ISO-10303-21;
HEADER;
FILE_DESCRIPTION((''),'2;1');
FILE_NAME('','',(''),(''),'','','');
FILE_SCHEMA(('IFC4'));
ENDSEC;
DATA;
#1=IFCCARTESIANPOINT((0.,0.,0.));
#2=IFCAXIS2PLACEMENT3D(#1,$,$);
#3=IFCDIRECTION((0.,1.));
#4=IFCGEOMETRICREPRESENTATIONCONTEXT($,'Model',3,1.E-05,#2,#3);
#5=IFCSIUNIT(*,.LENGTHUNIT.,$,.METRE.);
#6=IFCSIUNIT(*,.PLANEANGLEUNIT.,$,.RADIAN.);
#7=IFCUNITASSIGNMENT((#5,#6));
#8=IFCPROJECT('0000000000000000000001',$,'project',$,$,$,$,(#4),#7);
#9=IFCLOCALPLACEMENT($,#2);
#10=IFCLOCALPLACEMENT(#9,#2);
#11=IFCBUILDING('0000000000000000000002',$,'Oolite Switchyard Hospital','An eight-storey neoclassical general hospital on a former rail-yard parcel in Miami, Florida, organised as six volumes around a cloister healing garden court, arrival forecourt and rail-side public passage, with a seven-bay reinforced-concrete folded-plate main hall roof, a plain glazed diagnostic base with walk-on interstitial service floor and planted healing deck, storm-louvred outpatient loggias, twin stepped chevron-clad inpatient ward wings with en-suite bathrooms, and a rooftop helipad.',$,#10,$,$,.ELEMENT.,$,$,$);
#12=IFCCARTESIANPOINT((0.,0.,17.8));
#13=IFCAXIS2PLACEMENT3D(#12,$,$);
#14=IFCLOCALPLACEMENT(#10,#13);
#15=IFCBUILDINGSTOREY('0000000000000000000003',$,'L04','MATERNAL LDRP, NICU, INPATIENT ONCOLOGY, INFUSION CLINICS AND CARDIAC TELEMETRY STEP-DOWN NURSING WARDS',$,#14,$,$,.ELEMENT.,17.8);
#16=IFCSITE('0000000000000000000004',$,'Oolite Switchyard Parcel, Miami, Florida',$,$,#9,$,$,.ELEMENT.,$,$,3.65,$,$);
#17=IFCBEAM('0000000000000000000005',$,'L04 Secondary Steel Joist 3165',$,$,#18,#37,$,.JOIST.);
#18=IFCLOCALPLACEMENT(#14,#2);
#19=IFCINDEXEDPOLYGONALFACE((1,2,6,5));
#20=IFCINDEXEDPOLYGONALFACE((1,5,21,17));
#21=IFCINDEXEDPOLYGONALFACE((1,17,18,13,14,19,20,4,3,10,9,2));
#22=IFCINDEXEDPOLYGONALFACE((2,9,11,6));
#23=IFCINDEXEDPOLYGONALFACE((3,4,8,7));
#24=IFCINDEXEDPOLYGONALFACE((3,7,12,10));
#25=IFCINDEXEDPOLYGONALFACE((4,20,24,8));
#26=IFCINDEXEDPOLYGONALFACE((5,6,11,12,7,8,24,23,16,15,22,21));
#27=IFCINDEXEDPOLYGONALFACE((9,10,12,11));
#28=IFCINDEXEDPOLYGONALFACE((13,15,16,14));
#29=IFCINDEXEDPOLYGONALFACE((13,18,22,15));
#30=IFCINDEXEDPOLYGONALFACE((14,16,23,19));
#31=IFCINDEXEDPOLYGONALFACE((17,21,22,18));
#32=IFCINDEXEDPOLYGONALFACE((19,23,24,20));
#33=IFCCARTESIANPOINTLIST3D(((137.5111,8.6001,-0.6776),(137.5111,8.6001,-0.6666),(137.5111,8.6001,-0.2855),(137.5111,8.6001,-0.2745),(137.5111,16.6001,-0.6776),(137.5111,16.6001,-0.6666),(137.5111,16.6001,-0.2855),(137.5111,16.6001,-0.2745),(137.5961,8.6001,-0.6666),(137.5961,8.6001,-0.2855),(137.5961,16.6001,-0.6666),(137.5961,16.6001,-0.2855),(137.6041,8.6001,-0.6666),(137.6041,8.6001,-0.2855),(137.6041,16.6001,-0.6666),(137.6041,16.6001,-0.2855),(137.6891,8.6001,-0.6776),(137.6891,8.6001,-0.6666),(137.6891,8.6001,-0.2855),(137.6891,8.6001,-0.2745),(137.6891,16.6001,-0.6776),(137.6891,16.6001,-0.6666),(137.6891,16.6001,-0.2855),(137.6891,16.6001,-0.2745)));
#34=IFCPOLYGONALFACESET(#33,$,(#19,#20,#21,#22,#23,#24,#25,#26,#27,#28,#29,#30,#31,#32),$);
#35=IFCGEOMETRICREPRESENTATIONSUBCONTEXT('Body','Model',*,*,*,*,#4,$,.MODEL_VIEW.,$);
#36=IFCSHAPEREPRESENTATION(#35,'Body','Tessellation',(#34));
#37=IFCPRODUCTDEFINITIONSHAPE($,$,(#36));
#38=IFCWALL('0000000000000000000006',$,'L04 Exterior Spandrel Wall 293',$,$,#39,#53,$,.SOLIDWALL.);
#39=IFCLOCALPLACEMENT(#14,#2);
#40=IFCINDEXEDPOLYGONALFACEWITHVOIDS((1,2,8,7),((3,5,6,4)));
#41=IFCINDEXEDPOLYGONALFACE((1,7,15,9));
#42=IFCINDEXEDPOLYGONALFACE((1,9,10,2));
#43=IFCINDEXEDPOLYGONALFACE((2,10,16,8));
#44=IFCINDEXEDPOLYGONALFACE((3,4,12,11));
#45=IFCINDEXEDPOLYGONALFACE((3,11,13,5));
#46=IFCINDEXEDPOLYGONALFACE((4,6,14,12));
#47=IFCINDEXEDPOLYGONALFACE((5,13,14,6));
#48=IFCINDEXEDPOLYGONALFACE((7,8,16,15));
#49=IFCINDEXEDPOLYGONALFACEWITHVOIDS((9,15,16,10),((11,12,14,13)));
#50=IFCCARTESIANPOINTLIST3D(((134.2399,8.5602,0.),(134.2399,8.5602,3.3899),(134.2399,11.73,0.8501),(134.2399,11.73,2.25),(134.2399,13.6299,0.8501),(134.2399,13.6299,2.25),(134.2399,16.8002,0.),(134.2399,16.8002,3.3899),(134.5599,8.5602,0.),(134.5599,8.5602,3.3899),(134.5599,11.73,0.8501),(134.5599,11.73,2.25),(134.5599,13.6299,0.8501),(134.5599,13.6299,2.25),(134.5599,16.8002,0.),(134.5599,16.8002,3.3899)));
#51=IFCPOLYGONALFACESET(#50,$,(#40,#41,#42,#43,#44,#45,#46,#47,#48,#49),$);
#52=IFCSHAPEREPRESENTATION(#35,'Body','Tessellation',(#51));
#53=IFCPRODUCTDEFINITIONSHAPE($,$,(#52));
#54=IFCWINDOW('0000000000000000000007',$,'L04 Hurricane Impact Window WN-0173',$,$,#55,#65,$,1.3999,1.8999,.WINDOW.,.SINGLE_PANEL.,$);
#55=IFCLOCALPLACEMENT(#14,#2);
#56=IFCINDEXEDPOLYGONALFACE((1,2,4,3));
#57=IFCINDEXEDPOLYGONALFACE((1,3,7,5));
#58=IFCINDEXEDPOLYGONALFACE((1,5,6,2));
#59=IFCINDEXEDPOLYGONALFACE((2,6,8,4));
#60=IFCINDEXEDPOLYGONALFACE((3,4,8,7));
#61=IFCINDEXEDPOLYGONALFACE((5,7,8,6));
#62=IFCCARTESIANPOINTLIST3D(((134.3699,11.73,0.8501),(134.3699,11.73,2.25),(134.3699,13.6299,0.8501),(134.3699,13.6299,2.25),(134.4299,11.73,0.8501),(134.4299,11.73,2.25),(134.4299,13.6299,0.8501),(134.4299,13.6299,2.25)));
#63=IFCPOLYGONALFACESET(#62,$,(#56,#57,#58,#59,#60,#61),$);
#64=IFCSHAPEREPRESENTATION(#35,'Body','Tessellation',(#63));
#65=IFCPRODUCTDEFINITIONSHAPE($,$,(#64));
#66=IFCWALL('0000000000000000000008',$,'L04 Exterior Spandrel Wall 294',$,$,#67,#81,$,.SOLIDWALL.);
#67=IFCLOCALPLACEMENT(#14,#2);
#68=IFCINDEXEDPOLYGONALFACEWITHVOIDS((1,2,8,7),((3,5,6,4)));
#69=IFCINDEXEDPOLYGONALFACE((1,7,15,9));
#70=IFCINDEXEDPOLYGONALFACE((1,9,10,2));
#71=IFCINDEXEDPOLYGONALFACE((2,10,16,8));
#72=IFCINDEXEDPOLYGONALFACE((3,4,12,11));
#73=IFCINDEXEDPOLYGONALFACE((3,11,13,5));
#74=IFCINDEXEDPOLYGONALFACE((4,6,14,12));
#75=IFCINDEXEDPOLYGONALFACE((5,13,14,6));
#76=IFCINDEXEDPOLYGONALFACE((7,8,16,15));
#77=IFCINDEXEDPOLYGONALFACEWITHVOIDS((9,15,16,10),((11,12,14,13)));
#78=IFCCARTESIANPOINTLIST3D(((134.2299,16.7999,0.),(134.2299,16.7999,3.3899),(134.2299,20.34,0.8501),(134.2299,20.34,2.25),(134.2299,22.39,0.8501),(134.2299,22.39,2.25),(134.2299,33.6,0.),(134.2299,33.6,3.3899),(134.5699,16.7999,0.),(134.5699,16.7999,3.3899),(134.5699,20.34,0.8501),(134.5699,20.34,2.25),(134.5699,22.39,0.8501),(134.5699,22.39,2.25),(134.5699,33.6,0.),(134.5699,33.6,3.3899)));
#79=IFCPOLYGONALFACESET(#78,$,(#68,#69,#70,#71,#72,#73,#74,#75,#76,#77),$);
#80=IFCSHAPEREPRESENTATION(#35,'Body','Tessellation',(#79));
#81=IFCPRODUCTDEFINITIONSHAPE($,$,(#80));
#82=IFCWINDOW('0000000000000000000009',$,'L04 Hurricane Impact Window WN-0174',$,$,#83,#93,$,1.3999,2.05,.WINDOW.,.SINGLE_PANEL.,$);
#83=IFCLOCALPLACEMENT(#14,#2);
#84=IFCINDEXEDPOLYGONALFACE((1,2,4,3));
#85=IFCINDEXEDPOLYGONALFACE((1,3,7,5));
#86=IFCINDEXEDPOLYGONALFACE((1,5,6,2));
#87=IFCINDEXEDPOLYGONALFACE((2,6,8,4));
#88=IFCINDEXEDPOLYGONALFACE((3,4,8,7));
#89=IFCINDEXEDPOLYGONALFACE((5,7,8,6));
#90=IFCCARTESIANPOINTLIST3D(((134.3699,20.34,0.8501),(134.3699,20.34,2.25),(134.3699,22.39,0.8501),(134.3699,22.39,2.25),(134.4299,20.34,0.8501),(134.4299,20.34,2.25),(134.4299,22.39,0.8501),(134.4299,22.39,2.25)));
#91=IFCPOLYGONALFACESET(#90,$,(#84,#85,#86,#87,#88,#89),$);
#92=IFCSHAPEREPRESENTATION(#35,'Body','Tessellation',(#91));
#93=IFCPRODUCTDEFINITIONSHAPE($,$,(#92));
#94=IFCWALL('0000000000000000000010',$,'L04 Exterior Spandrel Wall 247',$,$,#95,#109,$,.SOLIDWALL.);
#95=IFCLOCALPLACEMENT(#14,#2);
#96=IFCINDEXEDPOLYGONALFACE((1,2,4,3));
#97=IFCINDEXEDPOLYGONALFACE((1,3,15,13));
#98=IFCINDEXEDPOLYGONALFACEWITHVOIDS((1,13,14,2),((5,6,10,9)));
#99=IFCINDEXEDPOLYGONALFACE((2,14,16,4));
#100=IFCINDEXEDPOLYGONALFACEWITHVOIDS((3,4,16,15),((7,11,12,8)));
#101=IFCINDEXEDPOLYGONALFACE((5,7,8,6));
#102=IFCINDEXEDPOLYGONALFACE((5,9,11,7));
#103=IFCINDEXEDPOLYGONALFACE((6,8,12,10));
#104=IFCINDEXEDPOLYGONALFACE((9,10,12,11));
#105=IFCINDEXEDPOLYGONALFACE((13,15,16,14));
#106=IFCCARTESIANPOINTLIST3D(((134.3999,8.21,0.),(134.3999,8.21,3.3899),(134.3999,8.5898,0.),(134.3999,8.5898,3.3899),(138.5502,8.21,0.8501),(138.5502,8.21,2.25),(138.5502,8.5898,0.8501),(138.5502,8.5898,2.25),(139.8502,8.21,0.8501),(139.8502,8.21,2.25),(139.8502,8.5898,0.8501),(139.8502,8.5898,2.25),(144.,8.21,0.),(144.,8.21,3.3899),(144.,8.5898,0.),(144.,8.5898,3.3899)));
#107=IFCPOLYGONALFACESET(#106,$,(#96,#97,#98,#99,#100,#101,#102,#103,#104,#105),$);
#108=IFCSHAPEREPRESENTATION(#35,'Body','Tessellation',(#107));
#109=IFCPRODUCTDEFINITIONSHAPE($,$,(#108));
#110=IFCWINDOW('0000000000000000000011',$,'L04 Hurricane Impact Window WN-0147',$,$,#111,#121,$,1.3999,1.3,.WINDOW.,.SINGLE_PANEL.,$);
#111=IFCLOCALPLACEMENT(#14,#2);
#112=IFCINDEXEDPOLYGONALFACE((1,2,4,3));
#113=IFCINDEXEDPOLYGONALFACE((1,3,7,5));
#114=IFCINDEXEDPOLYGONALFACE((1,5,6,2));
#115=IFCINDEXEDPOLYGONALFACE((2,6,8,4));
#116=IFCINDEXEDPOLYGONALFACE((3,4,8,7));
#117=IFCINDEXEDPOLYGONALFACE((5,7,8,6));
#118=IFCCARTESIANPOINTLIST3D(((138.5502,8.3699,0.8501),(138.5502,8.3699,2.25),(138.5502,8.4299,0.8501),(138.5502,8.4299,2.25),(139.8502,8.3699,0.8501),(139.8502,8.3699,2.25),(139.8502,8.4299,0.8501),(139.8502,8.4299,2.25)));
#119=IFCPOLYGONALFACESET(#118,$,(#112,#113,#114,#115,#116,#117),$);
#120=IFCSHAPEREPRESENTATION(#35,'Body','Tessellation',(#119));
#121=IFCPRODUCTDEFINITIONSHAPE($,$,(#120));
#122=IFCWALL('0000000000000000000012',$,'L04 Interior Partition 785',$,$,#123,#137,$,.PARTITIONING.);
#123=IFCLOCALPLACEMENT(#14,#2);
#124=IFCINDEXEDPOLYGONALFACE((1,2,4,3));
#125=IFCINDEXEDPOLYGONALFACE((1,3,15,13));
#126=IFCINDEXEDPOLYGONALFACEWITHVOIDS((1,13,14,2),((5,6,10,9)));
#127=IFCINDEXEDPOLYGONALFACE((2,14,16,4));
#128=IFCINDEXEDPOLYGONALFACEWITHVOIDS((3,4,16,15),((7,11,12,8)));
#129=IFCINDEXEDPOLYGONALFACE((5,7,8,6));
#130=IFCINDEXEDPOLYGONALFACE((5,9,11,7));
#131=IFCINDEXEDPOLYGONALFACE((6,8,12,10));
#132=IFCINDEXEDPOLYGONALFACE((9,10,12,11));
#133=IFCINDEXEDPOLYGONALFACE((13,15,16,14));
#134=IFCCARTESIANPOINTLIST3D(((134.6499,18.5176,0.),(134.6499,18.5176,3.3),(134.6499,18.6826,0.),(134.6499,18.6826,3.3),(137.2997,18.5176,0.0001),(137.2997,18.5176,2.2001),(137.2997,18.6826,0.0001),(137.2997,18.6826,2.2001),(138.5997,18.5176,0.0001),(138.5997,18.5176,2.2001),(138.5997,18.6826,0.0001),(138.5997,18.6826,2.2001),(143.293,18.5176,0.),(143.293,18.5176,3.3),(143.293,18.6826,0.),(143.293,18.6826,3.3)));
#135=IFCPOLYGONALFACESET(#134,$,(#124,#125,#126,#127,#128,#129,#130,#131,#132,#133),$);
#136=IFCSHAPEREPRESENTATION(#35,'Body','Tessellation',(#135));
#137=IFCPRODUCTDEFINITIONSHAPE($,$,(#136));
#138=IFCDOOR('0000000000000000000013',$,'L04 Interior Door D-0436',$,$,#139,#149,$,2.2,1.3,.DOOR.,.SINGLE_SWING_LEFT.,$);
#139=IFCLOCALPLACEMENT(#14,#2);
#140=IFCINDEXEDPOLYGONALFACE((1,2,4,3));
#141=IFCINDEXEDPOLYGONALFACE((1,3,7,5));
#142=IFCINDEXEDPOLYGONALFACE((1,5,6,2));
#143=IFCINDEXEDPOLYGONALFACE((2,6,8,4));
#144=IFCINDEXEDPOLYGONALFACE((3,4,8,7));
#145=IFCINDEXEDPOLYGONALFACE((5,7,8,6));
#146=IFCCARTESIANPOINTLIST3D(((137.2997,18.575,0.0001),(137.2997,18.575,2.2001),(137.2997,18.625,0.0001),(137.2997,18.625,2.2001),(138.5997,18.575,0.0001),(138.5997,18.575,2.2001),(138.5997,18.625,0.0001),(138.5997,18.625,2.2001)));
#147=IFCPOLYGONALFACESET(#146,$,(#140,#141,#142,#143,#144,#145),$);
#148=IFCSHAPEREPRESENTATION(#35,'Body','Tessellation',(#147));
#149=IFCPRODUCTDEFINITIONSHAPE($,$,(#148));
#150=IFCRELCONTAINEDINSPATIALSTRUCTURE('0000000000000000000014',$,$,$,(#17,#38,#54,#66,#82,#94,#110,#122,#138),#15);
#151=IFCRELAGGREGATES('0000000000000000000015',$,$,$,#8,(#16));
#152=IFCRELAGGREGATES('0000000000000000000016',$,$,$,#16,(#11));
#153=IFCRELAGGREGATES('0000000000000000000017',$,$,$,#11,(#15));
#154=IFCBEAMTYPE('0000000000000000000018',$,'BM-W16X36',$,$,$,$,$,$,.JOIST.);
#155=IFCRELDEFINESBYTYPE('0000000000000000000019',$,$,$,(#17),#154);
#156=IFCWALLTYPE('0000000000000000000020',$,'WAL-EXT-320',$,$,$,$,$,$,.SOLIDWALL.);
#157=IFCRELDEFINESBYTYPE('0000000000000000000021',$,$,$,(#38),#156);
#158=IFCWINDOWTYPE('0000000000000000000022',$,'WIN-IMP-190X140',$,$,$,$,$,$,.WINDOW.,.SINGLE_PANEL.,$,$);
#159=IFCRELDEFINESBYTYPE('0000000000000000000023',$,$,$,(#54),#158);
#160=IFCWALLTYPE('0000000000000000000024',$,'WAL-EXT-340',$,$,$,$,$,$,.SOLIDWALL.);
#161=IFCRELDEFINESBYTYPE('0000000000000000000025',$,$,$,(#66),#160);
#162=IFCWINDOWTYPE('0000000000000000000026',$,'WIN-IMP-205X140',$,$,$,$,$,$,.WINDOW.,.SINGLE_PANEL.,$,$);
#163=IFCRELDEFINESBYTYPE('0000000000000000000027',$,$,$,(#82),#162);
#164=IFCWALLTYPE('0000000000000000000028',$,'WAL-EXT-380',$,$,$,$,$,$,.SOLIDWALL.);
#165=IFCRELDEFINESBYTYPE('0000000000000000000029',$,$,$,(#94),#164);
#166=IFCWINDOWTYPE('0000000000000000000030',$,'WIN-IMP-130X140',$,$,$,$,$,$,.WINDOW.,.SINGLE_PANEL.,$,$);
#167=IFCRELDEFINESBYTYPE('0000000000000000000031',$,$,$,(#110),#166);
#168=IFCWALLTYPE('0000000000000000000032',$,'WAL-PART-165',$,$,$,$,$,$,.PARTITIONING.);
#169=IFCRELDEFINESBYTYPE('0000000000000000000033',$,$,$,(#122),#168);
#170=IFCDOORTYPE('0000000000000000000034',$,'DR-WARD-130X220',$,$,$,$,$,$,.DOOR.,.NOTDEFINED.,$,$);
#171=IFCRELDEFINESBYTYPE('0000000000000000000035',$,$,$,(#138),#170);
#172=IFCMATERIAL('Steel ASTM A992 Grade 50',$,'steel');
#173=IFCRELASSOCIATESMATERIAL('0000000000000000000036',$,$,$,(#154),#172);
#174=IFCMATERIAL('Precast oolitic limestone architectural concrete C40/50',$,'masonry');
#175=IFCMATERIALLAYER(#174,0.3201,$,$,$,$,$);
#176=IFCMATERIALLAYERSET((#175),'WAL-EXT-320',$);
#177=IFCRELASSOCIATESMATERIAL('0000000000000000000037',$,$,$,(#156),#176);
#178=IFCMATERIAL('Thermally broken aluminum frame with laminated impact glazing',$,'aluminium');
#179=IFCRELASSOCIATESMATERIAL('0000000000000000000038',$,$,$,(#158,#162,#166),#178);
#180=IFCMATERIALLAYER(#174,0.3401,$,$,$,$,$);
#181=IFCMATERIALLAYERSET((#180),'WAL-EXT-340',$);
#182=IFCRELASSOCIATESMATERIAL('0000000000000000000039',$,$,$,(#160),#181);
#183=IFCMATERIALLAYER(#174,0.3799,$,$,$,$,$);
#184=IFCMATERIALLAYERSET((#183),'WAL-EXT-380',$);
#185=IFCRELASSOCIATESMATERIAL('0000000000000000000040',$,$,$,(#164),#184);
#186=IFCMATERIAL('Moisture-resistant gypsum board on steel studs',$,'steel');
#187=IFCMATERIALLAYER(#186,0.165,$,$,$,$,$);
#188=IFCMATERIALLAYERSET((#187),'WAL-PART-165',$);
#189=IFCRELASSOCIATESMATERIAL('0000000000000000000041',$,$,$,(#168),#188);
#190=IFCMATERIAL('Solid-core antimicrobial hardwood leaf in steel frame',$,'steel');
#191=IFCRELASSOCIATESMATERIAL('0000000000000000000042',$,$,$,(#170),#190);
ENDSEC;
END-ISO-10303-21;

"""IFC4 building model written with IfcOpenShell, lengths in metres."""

from ifc_helpers import new_model, si_unit, direction, frame, frame_2d, origin, origin_2d, place, context, subcontext, project, spatial, rectangle, i_section, extrude, material, layer, layer_set, material_profile, profile_set, type_object, element, fill, save


model = new_model("IFC4")

# Units and contexts
model_context = context("Model", 3, precision=1e-05, world=origin(), true_north=direction((0.0, 1.0)))
body_context = subcontext(model_context, "Body", "Model", "MODEL_VIEW")
ifc_project = project(units=[si_unit("LENGTHUNIT", "METRE"), si_unit("PLANEANGLEUNIT", "RADIAN")], contexts=[model_context])

# Site, building, storey
site_placement = place(None, origin())
site = spatial("IfcSite", under=ifc_project, at=site_placement, Name="Oolite Switchyard Parcel, Miami, Florida", CompositionType="ELEMENT", RefElevation=3.65)
building_placement = place(site_placement, origin())
building = spatial("IfcBuilding", under=site, at=building_placement, Name="Oolite Switchyard Hospital", Description="An eight-storey neoclassical general hospital on a former rail-yard parcel in Miami, Florida, organised as six volumes around a cloister healing garden court, arrival forecourt and rail-side public passage, with a seven-bay reinforced-concrete folded-plate main hall roof, a plain glazed diagnostic base with walk-on interstitial service floor and planted healing deck, storm-louvred outpatient loggias, twin stepped chevron-clad inpatient ward wings with en-suite bathrooms, and a rooftop helipad.", CompositionType="ELEMENT")
storey_placement = place(building_placement, frame((0.0, 0.0, 17.8)))
storey = spatial("IfcBuildingStorey", under=building, at=storey_placement, Name="L04", Description="MATERNAL LDRP, NICU, INPATIENT ONCOLOGY, INFUSION CLINICS AND CARDIAC TELEMETRY STEP-DOWN NURSING WARDS", CompositionType="ELEMENT", Elevation=17.8)

# Beam
ifc_material_1 = material(Name="Steel ASTM A992 Grade 50", Category="steel")
ifc_material_profile_1 = material_profile(ifc_material_1, i_section(OverallWidth=0.178, OverallDepth=0.4031, WebThickness=0.0081, FlangeThickness=0.011, at=origin_2d()), Name="W16X36")
ifc_profile_set_1 = profile_set([ifc_material_profile_1], Name="Steel ASTM A992 Grade 50")
beam_type_1 = type_object("IfcBeamType", Name="BM-W16X36", PredefinedType="JOIST", material=ifc_profile_set_1)
beam_1_placement = place(storey_placement, frame((137.6001, 8.6001, -0.4761), z_axis=(0.0, 1.0, 0.0), x_axis=(-1.0, 0.0, 0.0)))
element("IfcBeam", 1, at=beam_1_placement, inside=storey, type_object=beam_type_1, Name="L04 Secondary Steel Joist 3165", PredefinedType="JOIST", context=body_context, shape_type="SweptSolid", body=[
    extrude(i_section(OverallWidth=0.178, OverallDepth=0.4031, WebThickness=0.0081, FlangeThickness=0.011, at=origin_2d()), origin(), (0.0, 0.0, 1.0), 8.0),
])

# Walls, openings, windows
ifc_material_2 = material(Name="Precast oolitic limestone architectural concrete C40/50", Category="masonry")
ifc_layer_1 = layer(ifc_material_2, 0.3201)
ifc_layer_set_1 = layer_set([ifc_layer_1], Name="WAL-EXT-320")
wall_type_1 = type_object("IfcWallType", Name="WAL-EXT-320", PredefinedType="SOLIDWALL", material=ifc_layer_set_1)
wall_1_placement = place(storey_placement, frame((134.3999, 8.5601, 0.0), z_axis=(0.0, 0.0, 1.0), x_axis=(0.0, 1.0, 0.0)))
wall_1 = element("IfcWall", 2, at=wall_1_placement, inside=storey, type_object=wall_type_1, Name="L04 Exterior Spandrel Wall 293", PredefinedType="SOLIDWALL", context=body_context, shape_type="SweptSolid", body=[
    extrude(rectangle(XDim=8.24, YDim=0.3201, at=frame_2d((4.1201, 0.0))), origin(), (0.0, 0.0, 1.0), 3.3899),
])
opening_1_placement = place(wall_1_placement, frame((3.1699, 0.0, 0.8501)))
opening_1 = element("IfcOpeningElement", 3, at=opening_1_placement, cuts=wall_1, PredefinedType="OPENING", context=body_context, shape_type="SweptSolid", body=[
    extrude(rectangle(XDim=1.8999, YDim=1.3999, at=frame_2d((0.95, 0.7))), frame((0.0, 0.1699, 0.0), z_axis=(0.0, -1.0, 0.0), x_axis=(1.0, 0.0, 0.0)), (0.0, 0.0, 1.0), 0.3401),
])
ifc_material_3 = material(Name="Thermally broken aluminum frame with laminated impact glazing", Category="aluminium")
window_type_1 = type_object("IfcWindowType", Name="WIN-IMP-190X140", PartitioningType="SINGLE_PANEL", PredefinedType="WINDOW", material=ifc_material_3)
window_1_placement = place(opening_1_placement, origin())
window_1 = element("IfcWindow", 4, at=window_1_placement, inside=storey, type_object=window_type_1, Name="L04 Hurricane Impact Window WN-0173", OverallHeight=1.3999, OverallWidth=1.8999, PartitioningType="SINGLE_PANEL", PredefinedType="WINDOW", context=body_context, shape_type="SweptSolid", body=[
    extrude(rectangle(XDim=1.8999, YDim=1.3999, at=frame_2d((0.95, 0.7))), frame((0.0, 0.03, 0.0), z_axis=(0.0, -1.0, 0.0), x_axis=(1.0, 0.0, 0.0)), (0.0, 0.0, 1.0), 0.0601),
])
fill(opening_1, window_1)
ifc_layer_2 = layer(ifc_material_2, 0.3401)
ifc_layer_set_2 = layer_set([ifc_layer_2], Name="WAL-EXT-340")
wall_type_2 = type_object("IfcWallType", Name="WAL-EXT-340", PredefinedType="SOLIDWALL", material=ifc_layer_set_2)
wall_2_placement = place(storey_placement, frame((134.3999, 16.8, 0.0), z_axis=(0.0, 0.0, 1.0), x_axis=(0.0, 1.0, 0.0)))
wall_2 = element("IfcWall", 5, at=wall_2_placement, inside=storey, type_object=wall_type_2, Name="L04 Exterior Spandrel Wall 294", PredefinedType="SOLIDWALL", context=body_context, shape_type="SweptSolid", body=[
    extrude(rectangle(XDim=16.8, YDim=0.3401, at=frame_2d((8.3999, 0.0))), origin(), (0.0, 0.0, 1.0), 3.3899),
])
opening_2_placement = place(wall_2_placement, frame((3.54, 0.0, 0.8501)))
opening_2 = element("IfcOpeningElement", 6, at=opening_2_placement, cuts=wall_2, PredefinedType="OPENING", context=body_context, shape_type="SweptSolid", body=[
    extrude(rectangle(XDim=2.05, YDim=1.3999, at=frame_2d((1.0249, 0.7))), frame((0.0, 0.1802, 0.0), z_axis=(0.0, -1.0, 0.0), x_axis=(1.0, 0.0, 0.0)), (0.0, 0.0, 1.0), 0.3601),
])
window_type_2 = type_object("IfcWindowType", Name="WIN-IMP-205X140", PartitioningType="SINGLE_PANEL", PredefinedType="WINDOW", material=ifc_material_3)
window_2_placement = place(opening_2_placement, origin())
window_2 = element("IfcWindow", 7, at=window_2_placement, inside=storey, type_object=window_type_2, Name="L04 Hurricane Impact Window WN-0174", OverallHeight=1.3999, OverallWidth=2.05, PartitioningType="SINGLE_PANEL", PredefinedType="WINDOW", context=body_context, shape_type="SweptSolid", body=[
    extrude(rectangle(XDim=2.05, YDim=1.3999, at=frame_2d((1.0249, 0.7))), frame((0.0, 0.03, 0.0), z_axis=(0.0, -1.0, 0.0), x_axis=(1.0, 0.0, 0.0)), (0.0, 0.0, 1.0), 0.0601),
])
fill(opening_2, window_2)
ifc_layer_3 = layer(ifc_material_2, 0.3799)
ifc_layer_set_3 = layer_set([ifc_layer_3], Name="WAL-EXT-380")
wall_type_3 = type_object("IfcWallType", Name="WAL-EXT-380", PredefinedType="SOLIDWALL", material=ifc_layer_set_3)
wall_3_placement = place(storey_placement, frame((144.0, 8.3999, 0.0), z_axis=(0.0, 0.0, 1.0), x_axis=(-1.0, 0.0, 0.0)))
wall_3 = element("IfcWall", 8, at=wall_3_placement, inside=storey, type_object=wall_type_3, Name="L04 Exterior Spandrel Wall 247", PredefinedType="SOLIDWALL", context=body_context, shape_type="SweptSolid", body=[
    extrude(rectangle(XDim=9.6001, YDim=0.3799, at=frame_2d((4.8, 0.0))), origin(), (0.0, 0.0, 1.0), 3.3899),
])
opening_3_placement = place(wall_3_placement, frame((4.1499, 0.0, 0.8501)))
opening_3 = element("IfcOpeningElement", 9, at=opening_3_placement, cuts=wall_3, PredefinedType="OPENING", context=body_context, shape_type="SweptSolid", body=[
    extrude(rectangle(XDim=1.3, YDim=1.3999, at=frame_2d((0.6499, 0.7))), frame((0.0, 0.2, 0.0), z_axis=(0.0, -1.0, 0.0), x_axis=(1.0, 0.0, 0.0)), (0.0, 0.0, 1.0), 0.3999),
])
window_type_3 = type_object("IfcWindowType", Name="WIN-IMP-130X140", PartitioningType="SINGLE_PANEL", PredefinedType="WINDOW", material=ifc_material_3)
window_3_placement = place(opening_3_placement, origin())
window_3 = element("IfcWindow", 10, at=window_3_placement, inside=storey, type_object=window_type_3, Name="L04 Hurricane Impact Window WN-0147", OverallHeight=1.3999, OverallWidth=1.3, PartitioningType="SINGLE_PANEL", PredefinedType="WINDOW", context=body_context, shape_type="SweptSolid", body=[
    extrude(rectangle(XDim=1.3, YDim=1.3999, at=frame_2d((0.6499, 0.7))), frame((0.0, 0.03, 0.0), z_axis=(0.0, -1.0, 0.0), x_axis=(1.0, 0.0, 0.0)), (0.0, 0.0, 1.0), 0.0601),
])
fill(opening_3, window_3)

# Wall, opening, door
ifc_material_4 = material(Name="Moisture-resistant gypsum board on steel studs", Category="steel")
ifc_layer_4 = layer(ifc_material_4, 0.165)
ifc_layer_set_4 = layer_set([ifc_layer_4], Name="WAL-PART-165")
wall_type_4 = type_object("IfcWallType", Name="WAL-PART-165", PredefinedType="PARTITIONING", material=ifc_layer_set_4)
wall_4_placement = place(storey_placement, frame((134.6499, 18.6001, 0.0), z_axis=(0.0, 0.0, 1.0), x_axis=(1.0, 0.0, 0.0)))
wall_4 = element("IfcWall", 11, at=wall_4_placement, inside=storey, type_object=wall_type_4, Name="L04 Interior Partition 785", PredefinedType="PARTITIONING", context=body_context, shape_type="SweptSolid", body=[
    extrude(rectangle(XDim=8.6431, YDim=0.165, at=frame_2d((4.3215, 0.0))), origin(), (0.0, 0.0, 1.0), 3.3),
])
opening_4_placement = place(wall_4_placement, frame((2.6499, 0.0, 0.0)))
opening_4 = element("IfcOpeningElement", 12, at=opening_4_placement, cuts=wall_4, PredefinedType="OPENING", context=body_context, shape_type="SweptSolid", body=[
    extrude(rectangle(XDim=1.3, YDim=2.2, at=frame_2d((0.6499, 1.1001))), frame((0.0, 0.0925, 0.0), z_axis=(0.0, -1.0, 0.0), x_axis=(1.0, 0.0, 0.0)), (0.0, 0.0, 1.0), 0.1851),
])
ifc_material_5 = material(Name="Solid-core antimicrobial hardwood leaf in steel frame", Category="steel")
door_type_1 = type_object("IfcDoorType", Name="DR-WARD-130X220", OperationType="NOTDEFINED", PredefinedType="DOOR", material=ifc_material_5)
door_1_placement = place(opening_4_placement, origin())
door_1 = element("IfcDoor", 13, at=door_1_placement, inside=storey, type_object=door_type_1, Name="L04 Interior Door D-0436", OperationType="SINGLE_SWING_LEFT", OverallHeight=2.2, OverallWidth=1.3, PredefinedType="DOOR", context=body_context, shape_type="SweptSolid", body=[
    extrude(rectangle(XDim=1.3, YDim=2.2, at=frame_2d((0.6499, 1.1001))), frame((0.0, 0.0249, 0.0), z_axis=(0.0, -1.0, 0.0), x_axis=(1.0, 0.0, 0.0)), (0.0, 0.0, 1.0), 0.05),
])
fill(opening_4, door_1)

save(model, "model.ifc")
